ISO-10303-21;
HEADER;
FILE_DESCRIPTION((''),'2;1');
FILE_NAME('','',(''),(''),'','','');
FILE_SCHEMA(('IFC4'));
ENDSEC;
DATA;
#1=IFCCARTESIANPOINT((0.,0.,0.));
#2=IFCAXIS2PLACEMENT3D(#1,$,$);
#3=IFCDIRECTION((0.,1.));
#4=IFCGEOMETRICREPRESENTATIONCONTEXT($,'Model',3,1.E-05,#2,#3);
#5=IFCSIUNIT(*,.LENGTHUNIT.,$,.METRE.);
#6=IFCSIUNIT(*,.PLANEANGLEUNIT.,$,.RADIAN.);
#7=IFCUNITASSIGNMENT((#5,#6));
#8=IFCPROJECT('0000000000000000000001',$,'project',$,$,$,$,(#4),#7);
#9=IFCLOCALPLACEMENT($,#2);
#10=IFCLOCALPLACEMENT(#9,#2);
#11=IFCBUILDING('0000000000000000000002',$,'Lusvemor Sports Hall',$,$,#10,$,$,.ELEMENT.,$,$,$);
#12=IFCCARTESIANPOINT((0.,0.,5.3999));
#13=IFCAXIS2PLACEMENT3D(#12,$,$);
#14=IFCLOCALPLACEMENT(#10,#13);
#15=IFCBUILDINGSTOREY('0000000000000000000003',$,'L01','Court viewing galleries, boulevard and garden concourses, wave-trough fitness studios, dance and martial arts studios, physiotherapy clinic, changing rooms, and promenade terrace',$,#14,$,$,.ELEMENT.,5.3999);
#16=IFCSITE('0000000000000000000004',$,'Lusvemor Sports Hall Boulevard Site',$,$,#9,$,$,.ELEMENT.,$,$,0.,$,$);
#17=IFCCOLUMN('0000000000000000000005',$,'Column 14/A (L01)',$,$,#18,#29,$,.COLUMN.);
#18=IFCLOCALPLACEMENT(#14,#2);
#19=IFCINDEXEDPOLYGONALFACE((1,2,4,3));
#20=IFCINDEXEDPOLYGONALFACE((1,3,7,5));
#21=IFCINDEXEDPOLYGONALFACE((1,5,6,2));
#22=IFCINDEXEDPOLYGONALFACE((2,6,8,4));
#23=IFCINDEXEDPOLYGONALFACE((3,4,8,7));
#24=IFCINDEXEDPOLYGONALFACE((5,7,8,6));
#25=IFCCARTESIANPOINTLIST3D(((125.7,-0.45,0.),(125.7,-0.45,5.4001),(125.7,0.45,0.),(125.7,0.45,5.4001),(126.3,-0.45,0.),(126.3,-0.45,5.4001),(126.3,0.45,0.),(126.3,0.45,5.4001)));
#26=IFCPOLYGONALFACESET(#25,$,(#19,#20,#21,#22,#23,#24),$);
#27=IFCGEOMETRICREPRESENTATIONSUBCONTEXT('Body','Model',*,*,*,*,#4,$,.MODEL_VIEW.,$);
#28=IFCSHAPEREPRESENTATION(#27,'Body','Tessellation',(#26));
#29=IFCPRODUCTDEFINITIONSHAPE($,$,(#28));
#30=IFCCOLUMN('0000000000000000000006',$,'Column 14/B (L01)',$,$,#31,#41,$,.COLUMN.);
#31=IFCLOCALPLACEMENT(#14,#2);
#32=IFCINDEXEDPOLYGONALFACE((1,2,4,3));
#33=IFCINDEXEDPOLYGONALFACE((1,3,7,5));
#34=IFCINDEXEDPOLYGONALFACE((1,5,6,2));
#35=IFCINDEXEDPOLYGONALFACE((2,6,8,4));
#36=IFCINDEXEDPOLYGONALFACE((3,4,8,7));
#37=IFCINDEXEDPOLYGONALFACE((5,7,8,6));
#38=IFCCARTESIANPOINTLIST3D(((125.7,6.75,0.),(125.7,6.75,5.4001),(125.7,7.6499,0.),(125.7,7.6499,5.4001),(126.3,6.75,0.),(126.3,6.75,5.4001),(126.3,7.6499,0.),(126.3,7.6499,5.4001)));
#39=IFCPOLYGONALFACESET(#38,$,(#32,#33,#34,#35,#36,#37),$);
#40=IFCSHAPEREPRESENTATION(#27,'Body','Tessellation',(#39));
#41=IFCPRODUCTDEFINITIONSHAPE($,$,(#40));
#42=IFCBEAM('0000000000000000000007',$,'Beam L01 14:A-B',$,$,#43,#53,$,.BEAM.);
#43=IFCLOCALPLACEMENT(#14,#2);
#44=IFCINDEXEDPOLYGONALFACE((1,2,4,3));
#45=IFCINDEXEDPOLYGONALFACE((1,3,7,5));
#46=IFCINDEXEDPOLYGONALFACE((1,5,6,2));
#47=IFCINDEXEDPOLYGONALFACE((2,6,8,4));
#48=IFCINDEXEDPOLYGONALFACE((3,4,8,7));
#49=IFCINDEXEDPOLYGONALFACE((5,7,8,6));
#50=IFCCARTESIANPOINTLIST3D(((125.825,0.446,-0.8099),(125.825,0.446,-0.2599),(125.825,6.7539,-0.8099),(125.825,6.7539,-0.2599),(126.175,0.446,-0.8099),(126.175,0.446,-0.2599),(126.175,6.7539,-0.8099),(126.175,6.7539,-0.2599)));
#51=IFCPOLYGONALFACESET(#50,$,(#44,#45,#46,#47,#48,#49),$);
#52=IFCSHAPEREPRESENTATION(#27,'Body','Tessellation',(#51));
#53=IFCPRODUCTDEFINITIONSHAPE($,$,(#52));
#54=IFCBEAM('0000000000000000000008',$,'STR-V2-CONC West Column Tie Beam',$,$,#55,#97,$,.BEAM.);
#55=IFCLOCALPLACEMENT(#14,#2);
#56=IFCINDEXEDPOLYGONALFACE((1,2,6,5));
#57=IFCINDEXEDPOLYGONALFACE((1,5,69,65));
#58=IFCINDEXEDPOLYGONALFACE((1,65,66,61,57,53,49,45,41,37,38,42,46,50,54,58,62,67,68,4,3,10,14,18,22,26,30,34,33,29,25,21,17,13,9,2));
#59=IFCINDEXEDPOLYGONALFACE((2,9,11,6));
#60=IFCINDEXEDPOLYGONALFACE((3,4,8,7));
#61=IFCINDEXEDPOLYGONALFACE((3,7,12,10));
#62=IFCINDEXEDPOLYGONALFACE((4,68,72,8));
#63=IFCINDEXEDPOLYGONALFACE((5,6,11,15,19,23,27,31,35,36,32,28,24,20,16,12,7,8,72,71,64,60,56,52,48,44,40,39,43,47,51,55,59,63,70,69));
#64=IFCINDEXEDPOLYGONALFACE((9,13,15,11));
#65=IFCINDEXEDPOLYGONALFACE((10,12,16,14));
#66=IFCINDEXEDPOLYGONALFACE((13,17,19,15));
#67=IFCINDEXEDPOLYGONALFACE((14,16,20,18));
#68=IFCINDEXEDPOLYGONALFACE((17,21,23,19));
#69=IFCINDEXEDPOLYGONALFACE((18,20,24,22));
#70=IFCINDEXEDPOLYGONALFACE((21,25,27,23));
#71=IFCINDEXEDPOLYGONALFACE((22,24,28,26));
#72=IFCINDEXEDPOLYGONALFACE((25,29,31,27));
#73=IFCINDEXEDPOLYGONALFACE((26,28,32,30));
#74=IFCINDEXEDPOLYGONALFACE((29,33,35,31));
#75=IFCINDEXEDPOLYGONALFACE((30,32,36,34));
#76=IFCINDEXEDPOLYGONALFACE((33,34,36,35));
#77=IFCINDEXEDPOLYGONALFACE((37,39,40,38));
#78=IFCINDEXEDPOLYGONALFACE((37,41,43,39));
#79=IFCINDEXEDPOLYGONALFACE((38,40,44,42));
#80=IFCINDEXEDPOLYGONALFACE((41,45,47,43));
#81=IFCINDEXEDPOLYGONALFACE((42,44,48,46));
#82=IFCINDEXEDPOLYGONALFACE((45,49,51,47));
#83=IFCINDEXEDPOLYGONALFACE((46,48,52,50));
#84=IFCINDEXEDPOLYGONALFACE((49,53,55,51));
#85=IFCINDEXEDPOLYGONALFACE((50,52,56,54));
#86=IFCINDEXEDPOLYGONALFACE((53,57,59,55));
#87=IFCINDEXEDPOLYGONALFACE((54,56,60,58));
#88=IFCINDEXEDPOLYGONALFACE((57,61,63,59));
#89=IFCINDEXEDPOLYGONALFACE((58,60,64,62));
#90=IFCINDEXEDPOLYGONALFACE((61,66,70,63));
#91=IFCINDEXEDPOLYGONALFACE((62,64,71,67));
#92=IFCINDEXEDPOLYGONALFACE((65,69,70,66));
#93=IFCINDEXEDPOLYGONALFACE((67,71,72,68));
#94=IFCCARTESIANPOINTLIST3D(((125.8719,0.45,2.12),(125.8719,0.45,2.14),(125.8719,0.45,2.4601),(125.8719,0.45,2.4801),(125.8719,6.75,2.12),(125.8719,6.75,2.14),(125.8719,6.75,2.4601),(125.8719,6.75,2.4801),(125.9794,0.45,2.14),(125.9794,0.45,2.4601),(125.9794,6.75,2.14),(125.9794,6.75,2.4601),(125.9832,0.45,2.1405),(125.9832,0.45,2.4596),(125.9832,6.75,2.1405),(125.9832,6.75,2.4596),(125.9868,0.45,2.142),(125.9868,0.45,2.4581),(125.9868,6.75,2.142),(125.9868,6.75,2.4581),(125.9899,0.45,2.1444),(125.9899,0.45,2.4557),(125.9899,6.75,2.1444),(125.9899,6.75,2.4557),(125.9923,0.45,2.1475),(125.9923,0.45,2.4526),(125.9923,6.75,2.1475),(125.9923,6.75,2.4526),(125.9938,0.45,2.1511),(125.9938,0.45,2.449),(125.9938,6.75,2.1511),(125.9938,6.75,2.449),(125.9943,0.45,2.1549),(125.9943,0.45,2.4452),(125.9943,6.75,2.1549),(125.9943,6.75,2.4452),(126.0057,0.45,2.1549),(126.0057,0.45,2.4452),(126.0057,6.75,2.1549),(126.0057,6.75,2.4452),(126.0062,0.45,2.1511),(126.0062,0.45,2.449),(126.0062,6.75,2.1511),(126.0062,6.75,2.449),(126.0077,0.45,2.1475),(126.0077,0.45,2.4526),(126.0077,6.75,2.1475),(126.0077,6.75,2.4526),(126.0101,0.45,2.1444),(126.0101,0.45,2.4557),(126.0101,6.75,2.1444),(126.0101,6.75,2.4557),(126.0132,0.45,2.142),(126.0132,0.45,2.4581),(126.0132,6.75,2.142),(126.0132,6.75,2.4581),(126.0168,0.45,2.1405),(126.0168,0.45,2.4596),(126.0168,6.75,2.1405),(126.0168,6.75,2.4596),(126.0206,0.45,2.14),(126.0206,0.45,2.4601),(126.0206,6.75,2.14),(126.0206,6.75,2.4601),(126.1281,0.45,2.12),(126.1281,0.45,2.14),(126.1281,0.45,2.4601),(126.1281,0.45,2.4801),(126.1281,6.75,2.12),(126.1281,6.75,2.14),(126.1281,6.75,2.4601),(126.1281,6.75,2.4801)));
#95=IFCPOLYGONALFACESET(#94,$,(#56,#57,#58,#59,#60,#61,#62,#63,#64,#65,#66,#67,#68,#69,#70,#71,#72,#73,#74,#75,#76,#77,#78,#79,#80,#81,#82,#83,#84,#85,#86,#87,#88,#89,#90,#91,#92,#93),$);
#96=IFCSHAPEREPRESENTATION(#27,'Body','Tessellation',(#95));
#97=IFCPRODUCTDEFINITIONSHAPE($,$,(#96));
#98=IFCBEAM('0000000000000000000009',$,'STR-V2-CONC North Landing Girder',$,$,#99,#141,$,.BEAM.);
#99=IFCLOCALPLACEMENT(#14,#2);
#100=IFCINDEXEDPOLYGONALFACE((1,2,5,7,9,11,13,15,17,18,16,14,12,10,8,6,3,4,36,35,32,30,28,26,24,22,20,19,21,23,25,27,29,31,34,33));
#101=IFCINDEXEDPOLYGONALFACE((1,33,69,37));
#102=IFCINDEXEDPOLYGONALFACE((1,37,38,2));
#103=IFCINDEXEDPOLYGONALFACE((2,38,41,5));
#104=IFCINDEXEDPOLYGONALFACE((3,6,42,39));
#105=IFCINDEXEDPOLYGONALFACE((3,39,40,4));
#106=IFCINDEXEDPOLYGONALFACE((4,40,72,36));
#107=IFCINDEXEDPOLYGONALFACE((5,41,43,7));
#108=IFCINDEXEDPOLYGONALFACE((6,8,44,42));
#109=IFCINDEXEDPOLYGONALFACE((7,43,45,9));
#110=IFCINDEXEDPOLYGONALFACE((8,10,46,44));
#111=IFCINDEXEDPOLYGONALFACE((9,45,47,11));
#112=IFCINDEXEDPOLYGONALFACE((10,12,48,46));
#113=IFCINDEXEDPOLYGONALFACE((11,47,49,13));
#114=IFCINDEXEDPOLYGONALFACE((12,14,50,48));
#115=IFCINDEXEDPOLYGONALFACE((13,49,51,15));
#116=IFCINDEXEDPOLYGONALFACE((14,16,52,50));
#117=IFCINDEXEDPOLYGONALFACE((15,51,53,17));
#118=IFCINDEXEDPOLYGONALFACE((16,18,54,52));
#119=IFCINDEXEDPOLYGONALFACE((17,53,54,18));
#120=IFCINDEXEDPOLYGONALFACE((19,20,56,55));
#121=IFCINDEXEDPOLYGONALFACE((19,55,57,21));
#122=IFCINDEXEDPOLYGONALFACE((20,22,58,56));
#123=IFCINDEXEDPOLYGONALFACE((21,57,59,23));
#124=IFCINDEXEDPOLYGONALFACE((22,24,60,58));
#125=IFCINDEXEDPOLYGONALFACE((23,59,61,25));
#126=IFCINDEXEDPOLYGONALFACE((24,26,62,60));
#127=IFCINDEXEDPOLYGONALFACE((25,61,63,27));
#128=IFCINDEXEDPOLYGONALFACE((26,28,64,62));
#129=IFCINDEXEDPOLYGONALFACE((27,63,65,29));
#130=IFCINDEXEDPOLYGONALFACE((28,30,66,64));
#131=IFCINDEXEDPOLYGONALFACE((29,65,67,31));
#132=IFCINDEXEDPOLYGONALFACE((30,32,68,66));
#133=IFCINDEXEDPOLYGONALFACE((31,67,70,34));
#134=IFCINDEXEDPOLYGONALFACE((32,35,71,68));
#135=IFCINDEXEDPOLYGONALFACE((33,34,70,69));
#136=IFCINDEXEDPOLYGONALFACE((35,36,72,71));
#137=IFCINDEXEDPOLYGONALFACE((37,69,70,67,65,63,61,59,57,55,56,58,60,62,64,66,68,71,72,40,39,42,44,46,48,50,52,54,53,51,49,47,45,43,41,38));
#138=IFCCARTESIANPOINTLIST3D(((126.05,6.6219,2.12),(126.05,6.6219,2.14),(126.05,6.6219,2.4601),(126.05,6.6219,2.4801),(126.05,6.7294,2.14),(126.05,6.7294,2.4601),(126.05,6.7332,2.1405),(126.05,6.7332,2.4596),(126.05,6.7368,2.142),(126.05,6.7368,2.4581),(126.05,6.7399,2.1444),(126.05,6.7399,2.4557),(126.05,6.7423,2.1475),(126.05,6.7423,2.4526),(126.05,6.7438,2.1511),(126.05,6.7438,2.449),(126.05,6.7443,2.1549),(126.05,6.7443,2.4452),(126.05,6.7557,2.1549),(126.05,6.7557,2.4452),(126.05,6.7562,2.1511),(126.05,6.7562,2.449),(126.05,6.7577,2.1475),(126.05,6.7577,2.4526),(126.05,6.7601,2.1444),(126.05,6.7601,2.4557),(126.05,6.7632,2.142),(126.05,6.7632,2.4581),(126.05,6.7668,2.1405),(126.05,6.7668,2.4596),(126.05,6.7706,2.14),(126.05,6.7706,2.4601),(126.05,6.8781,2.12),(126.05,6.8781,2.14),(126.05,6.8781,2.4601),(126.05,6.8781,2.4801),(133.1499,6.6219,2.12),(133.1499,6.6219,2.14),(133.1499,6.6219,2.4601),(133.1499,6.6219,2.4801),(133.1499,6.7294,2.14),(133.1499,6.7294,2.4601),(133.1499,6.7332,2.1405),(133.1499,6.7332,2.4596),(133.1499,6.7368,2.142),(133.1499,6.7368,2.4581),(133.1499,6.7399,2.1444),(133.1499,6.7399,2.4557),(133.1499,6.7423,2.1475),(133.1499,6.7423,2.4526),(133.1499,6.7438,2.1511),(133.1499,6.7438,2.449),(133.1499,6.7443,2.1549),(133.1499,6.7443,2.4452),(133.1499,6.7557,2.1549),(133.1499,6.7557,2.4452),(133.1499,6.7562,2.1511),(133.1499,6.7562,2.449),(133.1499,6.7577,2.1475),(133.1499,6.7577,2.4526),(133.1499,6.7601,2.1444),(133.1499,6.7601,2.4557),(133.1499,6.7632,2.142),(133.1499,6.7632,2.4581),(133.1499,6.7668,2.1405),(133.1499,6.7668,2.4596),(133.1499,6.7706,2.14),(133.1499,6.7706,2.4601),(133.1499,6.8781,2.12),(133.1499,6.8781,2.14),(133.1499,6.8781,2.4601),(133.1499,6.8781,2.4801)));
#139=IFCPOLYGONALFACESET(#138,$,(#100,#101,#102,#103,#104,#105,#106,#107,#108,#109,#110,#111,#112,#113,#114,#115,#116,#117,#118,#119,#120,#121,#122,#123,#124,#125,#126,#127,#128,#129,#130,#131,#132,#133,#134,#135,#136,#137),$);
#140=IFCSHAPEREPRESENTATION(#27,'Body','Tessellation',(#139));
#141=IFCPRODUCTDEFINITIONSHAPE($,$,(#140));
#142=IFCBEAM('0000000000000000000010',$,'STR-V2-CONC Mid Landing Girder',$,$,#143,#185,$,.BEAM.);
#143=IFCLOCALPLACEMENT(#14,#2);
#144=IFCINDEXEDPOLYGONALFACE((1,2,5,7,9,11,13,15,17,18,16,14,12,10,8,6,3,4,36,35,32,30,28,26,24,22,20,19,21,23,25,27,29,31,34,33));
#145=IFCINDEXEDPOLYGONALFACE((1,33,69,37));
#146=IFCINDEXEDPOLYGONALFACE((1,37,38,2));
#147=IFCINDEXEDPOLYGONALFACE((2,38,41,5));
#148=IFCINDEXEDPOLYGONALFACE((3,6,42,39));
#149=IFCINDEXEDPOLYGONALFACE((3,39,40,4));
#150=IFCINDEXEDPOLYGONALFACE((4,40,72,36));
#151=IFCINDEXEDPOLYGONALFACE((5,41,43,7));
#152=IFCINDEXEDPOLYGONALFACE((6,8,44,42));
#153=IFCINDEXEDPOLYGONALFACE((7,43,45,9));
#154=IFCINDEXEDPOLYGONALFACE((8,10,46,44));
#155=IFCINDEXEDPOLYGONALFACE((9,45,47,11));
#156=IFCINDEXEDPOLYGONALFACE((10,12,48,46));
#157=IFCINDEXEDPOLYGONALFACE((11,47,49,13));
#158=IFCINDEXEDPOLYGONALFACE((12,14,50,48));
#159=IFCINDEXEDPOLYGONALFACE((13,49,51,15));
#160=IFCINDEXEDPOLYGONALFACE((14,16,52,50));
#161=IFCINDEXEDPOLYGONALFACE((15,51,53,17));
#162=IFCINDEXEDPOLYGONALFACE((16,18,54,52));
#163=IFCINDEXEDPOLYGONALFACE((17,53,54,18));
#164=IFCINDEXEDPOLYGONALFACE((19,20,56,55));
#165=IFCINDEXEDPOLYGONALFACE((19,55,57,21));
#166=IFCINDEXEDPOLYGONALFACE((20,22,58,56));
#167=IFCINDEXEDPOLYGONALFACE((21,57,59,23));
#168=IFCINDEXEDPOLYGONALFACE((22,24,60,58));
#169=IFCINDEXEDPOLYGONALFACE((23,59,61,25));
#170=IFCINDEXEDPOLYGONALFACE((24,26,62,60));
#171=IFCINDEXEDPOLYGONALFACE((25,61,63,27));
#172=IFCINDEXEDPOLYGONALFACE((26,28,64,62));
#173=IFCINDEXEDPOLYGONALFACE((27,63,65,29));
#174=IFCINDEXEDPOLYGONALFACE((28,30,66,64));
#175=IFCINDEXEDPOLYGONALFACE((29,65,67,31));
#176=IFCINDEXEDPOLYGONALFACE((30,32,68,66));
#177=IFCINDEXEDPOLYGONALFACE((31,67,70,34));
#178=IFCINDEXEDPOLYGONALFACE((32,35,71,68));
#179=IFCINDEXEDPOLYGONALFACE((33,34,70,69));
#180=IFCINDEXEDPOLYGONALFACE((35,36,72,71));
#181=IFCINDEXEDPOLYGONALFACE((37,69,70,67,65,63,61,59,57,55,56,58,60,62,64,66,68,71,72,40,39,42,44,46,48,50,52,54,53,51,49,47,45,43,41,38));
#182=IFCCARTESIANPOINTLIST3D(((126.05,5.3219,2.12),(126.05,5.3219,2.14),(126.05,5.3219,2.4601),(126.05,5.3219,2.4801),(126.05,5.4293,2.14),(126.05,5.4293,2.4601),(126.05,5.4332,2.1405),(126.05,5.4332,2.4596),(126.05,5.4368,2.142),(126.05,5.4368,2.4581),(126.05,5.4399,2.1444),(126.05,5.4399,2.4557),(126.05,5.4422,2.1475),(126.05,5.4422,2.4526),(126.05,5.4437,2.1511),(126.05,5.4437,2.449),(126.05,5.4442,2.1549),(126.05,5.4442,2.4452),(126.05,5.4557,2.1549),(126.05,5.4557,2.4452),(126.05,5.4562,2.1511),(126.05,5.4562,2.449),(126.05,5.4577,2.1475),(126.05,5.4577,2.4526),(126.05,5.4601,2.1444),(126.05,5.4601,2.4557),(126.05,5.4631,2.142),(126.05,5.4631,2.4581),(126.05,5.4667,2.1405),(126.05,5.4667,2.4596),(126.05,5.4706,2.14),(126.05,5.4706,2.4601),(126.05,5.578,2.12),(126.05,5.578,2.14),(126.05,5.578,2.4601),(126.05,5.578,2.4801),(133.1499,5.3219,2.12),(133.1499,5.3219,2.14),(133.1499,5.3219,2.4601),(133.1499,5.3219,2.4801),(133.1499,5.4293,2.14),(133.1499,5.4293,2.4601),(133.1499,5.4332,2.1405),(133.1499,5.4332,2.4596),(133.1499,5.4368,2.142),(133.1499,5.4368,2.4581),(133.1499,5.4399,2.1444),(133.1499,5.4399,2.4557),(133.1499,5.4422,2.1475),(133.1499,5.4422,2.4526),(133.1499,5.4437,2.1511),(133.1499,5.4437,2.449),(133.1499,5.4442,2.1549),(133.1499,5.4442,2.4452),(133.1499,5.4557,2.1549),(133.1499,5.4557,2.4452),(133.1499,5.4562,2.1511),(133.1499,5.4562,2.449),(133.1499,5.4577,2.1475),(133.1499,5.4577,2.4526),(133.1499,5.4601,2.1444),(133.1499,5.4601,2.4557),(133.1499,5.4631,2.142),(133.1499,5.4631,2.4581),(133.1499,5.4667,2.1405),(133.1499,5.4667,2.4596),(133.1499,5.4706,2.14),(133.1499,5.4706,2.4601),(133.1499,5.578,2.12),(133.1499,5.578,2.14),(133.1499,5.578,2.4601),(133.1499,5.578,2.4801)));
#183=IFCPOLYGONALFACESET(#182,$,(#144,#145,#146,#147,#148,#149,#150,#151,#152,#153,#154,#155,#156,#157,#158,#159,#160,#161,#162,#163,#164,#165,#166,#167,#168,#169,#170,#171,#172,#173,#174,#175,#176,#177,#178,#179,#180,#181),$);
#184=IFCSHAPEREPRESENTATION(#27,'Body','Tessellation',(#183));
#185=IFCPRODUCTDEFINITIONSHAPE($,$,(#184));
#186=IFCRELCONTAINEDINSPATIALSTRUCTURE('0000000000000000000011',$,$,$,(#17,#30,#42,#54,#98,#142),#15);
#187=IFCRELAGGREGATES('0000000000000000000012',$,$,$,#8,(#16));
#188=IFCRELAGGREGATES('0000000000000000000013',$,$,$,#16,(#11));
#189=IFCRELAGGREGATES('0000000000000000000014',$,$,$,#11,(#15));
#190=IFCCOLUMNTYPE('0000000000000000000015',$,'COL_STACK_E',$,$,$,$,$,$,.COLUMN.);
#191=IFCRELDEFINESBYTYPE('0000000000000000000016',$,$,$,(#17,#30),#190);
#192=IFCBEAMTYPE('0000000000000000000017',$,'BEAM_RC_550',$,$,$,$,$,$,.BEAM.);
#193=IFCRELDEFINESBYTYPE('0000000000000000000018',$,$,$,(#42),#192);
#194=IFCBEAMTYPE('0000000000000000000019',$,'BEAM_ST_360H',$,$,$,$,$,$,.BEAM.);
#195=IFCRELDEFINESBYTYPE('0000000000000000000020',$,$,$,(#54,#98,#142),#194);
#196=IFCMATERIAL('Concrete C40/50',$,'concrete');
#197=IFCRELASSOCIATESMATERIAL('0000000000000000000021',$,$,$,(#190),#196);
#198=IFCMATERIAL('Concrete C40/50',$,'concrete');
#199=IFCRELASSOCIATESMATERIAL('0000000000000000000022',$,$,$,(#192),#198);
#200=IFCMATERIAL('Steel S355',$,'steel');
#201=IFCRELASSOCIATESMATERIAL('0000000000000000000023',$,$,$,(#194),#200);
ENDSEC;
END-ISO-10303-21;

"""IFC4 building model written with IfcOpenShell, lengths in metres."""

from ifc_helpers import new_model, si_unit, direction, frame, origin, origin_2d, place, context, subcontext, project, spatial, rectangle, i_section, extrude, material, material_profile, profile_set, type_object, element, save


model = new_model("IFC4")

# Units and contexts
model_context = context("Model", 3, precision=1e-05, world=origin(), true_north=direction((0.0, 1.0)))
body_context = subcontext(model_context, "Body", "Model", "MODEL_VIEW")
ifc_project = project(units=[si_unit("LENGTHUNIT", "METRE"), si_unit("PLANEANGLEUNIT", "RADIAN")], contexts=[model_context])

# Site, building, storey
site_placement = place(None, origin())
site = spatial("IfcSite", under=ifc_project, at=site_placement, Name="Lusvemor Sports Hall Boulevard Site", CompositionType="ELEMENT", RefElevation=0.0)
building_placement = place(site_placement, origin())
building = spatial("IfcBuilding", under=site, at=building_placement, Name="Lusvemor Sports Hall", CompositionType="ELEMENT")
storey_placement = place(building_placement, frame((0.0, 0.0, 5.3999)))
storey = spatial("IfcBuildingStorey", under=building, at=storey_placement, Name="L01", Description="Court viewing galleries, boulevard and garden concourses, wave-trough fitness studios, dance and martial arts studios, physiotherapy clinic, changing rooms, and promenade terrace", CompositionType="ELEMENT", Elevation=5.3999)

# Columns
ifc_material_1 = material(Name="Concrete C40/50", Category="concrete")
ifc_material_profile_1 = material_profile(ifc_material_1, rectangle(XDim=0.6001, YDim=0.8999, at=origin_2d()), Name="RC600x900")
ifc_profile_set_1 = profile_set([ifc_material_profile_1], Name="Concrete C40/50")
column_type = type_object("IfcColumnType", Name="COL_STACK_E", PredefinedType="COLUMN", material=ifc_profile_set_1)
for number, where, z_axis, x_axis, name in (
    (1, (126.0, 0.0, 0.0), (0.0, 0.0, 1.0), (1.0, 0.0, 0.0), "Column 14/A (L01)"),
    (2, (126.0, 7.2, 0.0), (0.0, 0.0, 1.0), (1.0, 0.0, 0.0), "Column 14/B (L01)"),
):
    element("IfcColumn", number, at=place(storey_placement, frame(where, z_axis=z_axis, x_axis=x_axis)), inside=storey, type_object=column_type, Name=name, PredefinedType="COLUMN", context=body_context, shape_type="SweptSolid", body=[
        extrude(rectangle(XDim=0.6001, YDim=0.8999, at=origin_2d()), origin(), (0.0, 0.0, 1.0), 5.4001),
    ])

# Beams
ifc_material_2 = material(Name="Concrete C40/50", Category="concrete")
ifc_material_profile_2 = material_profile(ifc_material_2, rectangle(XDim=0.3501, YDim=0.55, at=origin_2d()), Name="RC350x550")
ifc_profile_set_2 = profile_set([ifc_material_profile_2], Name="Concrete C40/50")
beam_type_1 = type_object("IfcBeamType", Name="BEAM_RC_550", PredefinedType="BEAM", material=ifc_profile_set_2)
beam_1_placement = place(storey_placement, frame((126.0, 0.446, -0.5349), z_axis=(0.0, 1.0, 0.0), x_axis=(-1.0, 0.0, 0.0)))
element("IfcBeam", 3, at=beam_1_placement, inside=storey, type_object=beam_type_1, Name="Beam L01 14:A-B", PredefinedType="BEAM", context=body_context, shape_type="SweptSolid", body=[
    extrude(rectangle(XDim=0.3501, YDim=0.55, at=origin_2d()), origin(), (0.0, 0.0, 1.0), 6.3079),
])
ifc_material_3 = material(Name="Steel S355", Category="steel")
ifc_material_profile_3 = material_profile(ifc_material_3, i_section(OverallWidth=0.2561, OverallDepth=0.3601, WebThickness=0.0115, FlangeThickness=0.02, FilletRadius=0.0149, at=origin_2d()), Name="W360x110.0")
ifc_profile_set_3 = profile_set([ifc_material_profile_3], Name="Steel S355")
beam_type_2 = type_object("IfcBeamType", Name="BEAM_ST_360H", PredefinedType="BEAM", material=ifc_profile_set_3)
beam_2_placement = place(storey_placement, frame((126.0, 0.45, 2.3), z_axis=(0.0, 1.0, 0.0), x_axis=(-1.0, 0.0, 0.0)))
element("IfcBeam", 4, at=beam_2_placement, inside=storey, type_object=beam_type_2, Name="STR-V2-CONC West Column Tie Beam", PredefinedType="BEAM", context=body_context, shape_type="SweptSolid", body=[
    extrude(i_section(OverallWidth=0.2561, OverallDepth=0.3601, WebThickness=0.0115, FlangeThickness=0.02, FilletRadius=0.0149, at=origin_2d()), origin(), (0.0, 0.0, 1.0), 6.3),
])
for number, where, z_axis, x_axis, name in (
    (5, (126.05, 6.75, 2.3), (1.0, 0.0, 0.0), (0.0, 1.0, 0.0), "STR-V2-CONC North Landing Girder"),
    (6, (126.05, 5.45, 2.3), (1.0, 0.0, 0.0), (0.0, 1.0, 0.0), "STR-V2-CONC Mid Landing Girder"),
):
    element("IfcBeam", number, at=place(storey_placement, frame(where, z_axis=z_axis, x_axis=x_axis)), inside=storey, type_object=beam_type_2, Name=name, PredefinedType="BEAM", context=body_context, shape_type="SweptSolid", body=[
        extrude(i_section(OverallWidth=0.2561, OverallDepth=0.3601, WebThickness=0.0115, FlangeThickness=0.02, FilletRadius=0.0149, at=origin_2d()), origin(), (0.0, 0.0, 1.0), 7.0999),
    ])

save(model, "model.ifc")
